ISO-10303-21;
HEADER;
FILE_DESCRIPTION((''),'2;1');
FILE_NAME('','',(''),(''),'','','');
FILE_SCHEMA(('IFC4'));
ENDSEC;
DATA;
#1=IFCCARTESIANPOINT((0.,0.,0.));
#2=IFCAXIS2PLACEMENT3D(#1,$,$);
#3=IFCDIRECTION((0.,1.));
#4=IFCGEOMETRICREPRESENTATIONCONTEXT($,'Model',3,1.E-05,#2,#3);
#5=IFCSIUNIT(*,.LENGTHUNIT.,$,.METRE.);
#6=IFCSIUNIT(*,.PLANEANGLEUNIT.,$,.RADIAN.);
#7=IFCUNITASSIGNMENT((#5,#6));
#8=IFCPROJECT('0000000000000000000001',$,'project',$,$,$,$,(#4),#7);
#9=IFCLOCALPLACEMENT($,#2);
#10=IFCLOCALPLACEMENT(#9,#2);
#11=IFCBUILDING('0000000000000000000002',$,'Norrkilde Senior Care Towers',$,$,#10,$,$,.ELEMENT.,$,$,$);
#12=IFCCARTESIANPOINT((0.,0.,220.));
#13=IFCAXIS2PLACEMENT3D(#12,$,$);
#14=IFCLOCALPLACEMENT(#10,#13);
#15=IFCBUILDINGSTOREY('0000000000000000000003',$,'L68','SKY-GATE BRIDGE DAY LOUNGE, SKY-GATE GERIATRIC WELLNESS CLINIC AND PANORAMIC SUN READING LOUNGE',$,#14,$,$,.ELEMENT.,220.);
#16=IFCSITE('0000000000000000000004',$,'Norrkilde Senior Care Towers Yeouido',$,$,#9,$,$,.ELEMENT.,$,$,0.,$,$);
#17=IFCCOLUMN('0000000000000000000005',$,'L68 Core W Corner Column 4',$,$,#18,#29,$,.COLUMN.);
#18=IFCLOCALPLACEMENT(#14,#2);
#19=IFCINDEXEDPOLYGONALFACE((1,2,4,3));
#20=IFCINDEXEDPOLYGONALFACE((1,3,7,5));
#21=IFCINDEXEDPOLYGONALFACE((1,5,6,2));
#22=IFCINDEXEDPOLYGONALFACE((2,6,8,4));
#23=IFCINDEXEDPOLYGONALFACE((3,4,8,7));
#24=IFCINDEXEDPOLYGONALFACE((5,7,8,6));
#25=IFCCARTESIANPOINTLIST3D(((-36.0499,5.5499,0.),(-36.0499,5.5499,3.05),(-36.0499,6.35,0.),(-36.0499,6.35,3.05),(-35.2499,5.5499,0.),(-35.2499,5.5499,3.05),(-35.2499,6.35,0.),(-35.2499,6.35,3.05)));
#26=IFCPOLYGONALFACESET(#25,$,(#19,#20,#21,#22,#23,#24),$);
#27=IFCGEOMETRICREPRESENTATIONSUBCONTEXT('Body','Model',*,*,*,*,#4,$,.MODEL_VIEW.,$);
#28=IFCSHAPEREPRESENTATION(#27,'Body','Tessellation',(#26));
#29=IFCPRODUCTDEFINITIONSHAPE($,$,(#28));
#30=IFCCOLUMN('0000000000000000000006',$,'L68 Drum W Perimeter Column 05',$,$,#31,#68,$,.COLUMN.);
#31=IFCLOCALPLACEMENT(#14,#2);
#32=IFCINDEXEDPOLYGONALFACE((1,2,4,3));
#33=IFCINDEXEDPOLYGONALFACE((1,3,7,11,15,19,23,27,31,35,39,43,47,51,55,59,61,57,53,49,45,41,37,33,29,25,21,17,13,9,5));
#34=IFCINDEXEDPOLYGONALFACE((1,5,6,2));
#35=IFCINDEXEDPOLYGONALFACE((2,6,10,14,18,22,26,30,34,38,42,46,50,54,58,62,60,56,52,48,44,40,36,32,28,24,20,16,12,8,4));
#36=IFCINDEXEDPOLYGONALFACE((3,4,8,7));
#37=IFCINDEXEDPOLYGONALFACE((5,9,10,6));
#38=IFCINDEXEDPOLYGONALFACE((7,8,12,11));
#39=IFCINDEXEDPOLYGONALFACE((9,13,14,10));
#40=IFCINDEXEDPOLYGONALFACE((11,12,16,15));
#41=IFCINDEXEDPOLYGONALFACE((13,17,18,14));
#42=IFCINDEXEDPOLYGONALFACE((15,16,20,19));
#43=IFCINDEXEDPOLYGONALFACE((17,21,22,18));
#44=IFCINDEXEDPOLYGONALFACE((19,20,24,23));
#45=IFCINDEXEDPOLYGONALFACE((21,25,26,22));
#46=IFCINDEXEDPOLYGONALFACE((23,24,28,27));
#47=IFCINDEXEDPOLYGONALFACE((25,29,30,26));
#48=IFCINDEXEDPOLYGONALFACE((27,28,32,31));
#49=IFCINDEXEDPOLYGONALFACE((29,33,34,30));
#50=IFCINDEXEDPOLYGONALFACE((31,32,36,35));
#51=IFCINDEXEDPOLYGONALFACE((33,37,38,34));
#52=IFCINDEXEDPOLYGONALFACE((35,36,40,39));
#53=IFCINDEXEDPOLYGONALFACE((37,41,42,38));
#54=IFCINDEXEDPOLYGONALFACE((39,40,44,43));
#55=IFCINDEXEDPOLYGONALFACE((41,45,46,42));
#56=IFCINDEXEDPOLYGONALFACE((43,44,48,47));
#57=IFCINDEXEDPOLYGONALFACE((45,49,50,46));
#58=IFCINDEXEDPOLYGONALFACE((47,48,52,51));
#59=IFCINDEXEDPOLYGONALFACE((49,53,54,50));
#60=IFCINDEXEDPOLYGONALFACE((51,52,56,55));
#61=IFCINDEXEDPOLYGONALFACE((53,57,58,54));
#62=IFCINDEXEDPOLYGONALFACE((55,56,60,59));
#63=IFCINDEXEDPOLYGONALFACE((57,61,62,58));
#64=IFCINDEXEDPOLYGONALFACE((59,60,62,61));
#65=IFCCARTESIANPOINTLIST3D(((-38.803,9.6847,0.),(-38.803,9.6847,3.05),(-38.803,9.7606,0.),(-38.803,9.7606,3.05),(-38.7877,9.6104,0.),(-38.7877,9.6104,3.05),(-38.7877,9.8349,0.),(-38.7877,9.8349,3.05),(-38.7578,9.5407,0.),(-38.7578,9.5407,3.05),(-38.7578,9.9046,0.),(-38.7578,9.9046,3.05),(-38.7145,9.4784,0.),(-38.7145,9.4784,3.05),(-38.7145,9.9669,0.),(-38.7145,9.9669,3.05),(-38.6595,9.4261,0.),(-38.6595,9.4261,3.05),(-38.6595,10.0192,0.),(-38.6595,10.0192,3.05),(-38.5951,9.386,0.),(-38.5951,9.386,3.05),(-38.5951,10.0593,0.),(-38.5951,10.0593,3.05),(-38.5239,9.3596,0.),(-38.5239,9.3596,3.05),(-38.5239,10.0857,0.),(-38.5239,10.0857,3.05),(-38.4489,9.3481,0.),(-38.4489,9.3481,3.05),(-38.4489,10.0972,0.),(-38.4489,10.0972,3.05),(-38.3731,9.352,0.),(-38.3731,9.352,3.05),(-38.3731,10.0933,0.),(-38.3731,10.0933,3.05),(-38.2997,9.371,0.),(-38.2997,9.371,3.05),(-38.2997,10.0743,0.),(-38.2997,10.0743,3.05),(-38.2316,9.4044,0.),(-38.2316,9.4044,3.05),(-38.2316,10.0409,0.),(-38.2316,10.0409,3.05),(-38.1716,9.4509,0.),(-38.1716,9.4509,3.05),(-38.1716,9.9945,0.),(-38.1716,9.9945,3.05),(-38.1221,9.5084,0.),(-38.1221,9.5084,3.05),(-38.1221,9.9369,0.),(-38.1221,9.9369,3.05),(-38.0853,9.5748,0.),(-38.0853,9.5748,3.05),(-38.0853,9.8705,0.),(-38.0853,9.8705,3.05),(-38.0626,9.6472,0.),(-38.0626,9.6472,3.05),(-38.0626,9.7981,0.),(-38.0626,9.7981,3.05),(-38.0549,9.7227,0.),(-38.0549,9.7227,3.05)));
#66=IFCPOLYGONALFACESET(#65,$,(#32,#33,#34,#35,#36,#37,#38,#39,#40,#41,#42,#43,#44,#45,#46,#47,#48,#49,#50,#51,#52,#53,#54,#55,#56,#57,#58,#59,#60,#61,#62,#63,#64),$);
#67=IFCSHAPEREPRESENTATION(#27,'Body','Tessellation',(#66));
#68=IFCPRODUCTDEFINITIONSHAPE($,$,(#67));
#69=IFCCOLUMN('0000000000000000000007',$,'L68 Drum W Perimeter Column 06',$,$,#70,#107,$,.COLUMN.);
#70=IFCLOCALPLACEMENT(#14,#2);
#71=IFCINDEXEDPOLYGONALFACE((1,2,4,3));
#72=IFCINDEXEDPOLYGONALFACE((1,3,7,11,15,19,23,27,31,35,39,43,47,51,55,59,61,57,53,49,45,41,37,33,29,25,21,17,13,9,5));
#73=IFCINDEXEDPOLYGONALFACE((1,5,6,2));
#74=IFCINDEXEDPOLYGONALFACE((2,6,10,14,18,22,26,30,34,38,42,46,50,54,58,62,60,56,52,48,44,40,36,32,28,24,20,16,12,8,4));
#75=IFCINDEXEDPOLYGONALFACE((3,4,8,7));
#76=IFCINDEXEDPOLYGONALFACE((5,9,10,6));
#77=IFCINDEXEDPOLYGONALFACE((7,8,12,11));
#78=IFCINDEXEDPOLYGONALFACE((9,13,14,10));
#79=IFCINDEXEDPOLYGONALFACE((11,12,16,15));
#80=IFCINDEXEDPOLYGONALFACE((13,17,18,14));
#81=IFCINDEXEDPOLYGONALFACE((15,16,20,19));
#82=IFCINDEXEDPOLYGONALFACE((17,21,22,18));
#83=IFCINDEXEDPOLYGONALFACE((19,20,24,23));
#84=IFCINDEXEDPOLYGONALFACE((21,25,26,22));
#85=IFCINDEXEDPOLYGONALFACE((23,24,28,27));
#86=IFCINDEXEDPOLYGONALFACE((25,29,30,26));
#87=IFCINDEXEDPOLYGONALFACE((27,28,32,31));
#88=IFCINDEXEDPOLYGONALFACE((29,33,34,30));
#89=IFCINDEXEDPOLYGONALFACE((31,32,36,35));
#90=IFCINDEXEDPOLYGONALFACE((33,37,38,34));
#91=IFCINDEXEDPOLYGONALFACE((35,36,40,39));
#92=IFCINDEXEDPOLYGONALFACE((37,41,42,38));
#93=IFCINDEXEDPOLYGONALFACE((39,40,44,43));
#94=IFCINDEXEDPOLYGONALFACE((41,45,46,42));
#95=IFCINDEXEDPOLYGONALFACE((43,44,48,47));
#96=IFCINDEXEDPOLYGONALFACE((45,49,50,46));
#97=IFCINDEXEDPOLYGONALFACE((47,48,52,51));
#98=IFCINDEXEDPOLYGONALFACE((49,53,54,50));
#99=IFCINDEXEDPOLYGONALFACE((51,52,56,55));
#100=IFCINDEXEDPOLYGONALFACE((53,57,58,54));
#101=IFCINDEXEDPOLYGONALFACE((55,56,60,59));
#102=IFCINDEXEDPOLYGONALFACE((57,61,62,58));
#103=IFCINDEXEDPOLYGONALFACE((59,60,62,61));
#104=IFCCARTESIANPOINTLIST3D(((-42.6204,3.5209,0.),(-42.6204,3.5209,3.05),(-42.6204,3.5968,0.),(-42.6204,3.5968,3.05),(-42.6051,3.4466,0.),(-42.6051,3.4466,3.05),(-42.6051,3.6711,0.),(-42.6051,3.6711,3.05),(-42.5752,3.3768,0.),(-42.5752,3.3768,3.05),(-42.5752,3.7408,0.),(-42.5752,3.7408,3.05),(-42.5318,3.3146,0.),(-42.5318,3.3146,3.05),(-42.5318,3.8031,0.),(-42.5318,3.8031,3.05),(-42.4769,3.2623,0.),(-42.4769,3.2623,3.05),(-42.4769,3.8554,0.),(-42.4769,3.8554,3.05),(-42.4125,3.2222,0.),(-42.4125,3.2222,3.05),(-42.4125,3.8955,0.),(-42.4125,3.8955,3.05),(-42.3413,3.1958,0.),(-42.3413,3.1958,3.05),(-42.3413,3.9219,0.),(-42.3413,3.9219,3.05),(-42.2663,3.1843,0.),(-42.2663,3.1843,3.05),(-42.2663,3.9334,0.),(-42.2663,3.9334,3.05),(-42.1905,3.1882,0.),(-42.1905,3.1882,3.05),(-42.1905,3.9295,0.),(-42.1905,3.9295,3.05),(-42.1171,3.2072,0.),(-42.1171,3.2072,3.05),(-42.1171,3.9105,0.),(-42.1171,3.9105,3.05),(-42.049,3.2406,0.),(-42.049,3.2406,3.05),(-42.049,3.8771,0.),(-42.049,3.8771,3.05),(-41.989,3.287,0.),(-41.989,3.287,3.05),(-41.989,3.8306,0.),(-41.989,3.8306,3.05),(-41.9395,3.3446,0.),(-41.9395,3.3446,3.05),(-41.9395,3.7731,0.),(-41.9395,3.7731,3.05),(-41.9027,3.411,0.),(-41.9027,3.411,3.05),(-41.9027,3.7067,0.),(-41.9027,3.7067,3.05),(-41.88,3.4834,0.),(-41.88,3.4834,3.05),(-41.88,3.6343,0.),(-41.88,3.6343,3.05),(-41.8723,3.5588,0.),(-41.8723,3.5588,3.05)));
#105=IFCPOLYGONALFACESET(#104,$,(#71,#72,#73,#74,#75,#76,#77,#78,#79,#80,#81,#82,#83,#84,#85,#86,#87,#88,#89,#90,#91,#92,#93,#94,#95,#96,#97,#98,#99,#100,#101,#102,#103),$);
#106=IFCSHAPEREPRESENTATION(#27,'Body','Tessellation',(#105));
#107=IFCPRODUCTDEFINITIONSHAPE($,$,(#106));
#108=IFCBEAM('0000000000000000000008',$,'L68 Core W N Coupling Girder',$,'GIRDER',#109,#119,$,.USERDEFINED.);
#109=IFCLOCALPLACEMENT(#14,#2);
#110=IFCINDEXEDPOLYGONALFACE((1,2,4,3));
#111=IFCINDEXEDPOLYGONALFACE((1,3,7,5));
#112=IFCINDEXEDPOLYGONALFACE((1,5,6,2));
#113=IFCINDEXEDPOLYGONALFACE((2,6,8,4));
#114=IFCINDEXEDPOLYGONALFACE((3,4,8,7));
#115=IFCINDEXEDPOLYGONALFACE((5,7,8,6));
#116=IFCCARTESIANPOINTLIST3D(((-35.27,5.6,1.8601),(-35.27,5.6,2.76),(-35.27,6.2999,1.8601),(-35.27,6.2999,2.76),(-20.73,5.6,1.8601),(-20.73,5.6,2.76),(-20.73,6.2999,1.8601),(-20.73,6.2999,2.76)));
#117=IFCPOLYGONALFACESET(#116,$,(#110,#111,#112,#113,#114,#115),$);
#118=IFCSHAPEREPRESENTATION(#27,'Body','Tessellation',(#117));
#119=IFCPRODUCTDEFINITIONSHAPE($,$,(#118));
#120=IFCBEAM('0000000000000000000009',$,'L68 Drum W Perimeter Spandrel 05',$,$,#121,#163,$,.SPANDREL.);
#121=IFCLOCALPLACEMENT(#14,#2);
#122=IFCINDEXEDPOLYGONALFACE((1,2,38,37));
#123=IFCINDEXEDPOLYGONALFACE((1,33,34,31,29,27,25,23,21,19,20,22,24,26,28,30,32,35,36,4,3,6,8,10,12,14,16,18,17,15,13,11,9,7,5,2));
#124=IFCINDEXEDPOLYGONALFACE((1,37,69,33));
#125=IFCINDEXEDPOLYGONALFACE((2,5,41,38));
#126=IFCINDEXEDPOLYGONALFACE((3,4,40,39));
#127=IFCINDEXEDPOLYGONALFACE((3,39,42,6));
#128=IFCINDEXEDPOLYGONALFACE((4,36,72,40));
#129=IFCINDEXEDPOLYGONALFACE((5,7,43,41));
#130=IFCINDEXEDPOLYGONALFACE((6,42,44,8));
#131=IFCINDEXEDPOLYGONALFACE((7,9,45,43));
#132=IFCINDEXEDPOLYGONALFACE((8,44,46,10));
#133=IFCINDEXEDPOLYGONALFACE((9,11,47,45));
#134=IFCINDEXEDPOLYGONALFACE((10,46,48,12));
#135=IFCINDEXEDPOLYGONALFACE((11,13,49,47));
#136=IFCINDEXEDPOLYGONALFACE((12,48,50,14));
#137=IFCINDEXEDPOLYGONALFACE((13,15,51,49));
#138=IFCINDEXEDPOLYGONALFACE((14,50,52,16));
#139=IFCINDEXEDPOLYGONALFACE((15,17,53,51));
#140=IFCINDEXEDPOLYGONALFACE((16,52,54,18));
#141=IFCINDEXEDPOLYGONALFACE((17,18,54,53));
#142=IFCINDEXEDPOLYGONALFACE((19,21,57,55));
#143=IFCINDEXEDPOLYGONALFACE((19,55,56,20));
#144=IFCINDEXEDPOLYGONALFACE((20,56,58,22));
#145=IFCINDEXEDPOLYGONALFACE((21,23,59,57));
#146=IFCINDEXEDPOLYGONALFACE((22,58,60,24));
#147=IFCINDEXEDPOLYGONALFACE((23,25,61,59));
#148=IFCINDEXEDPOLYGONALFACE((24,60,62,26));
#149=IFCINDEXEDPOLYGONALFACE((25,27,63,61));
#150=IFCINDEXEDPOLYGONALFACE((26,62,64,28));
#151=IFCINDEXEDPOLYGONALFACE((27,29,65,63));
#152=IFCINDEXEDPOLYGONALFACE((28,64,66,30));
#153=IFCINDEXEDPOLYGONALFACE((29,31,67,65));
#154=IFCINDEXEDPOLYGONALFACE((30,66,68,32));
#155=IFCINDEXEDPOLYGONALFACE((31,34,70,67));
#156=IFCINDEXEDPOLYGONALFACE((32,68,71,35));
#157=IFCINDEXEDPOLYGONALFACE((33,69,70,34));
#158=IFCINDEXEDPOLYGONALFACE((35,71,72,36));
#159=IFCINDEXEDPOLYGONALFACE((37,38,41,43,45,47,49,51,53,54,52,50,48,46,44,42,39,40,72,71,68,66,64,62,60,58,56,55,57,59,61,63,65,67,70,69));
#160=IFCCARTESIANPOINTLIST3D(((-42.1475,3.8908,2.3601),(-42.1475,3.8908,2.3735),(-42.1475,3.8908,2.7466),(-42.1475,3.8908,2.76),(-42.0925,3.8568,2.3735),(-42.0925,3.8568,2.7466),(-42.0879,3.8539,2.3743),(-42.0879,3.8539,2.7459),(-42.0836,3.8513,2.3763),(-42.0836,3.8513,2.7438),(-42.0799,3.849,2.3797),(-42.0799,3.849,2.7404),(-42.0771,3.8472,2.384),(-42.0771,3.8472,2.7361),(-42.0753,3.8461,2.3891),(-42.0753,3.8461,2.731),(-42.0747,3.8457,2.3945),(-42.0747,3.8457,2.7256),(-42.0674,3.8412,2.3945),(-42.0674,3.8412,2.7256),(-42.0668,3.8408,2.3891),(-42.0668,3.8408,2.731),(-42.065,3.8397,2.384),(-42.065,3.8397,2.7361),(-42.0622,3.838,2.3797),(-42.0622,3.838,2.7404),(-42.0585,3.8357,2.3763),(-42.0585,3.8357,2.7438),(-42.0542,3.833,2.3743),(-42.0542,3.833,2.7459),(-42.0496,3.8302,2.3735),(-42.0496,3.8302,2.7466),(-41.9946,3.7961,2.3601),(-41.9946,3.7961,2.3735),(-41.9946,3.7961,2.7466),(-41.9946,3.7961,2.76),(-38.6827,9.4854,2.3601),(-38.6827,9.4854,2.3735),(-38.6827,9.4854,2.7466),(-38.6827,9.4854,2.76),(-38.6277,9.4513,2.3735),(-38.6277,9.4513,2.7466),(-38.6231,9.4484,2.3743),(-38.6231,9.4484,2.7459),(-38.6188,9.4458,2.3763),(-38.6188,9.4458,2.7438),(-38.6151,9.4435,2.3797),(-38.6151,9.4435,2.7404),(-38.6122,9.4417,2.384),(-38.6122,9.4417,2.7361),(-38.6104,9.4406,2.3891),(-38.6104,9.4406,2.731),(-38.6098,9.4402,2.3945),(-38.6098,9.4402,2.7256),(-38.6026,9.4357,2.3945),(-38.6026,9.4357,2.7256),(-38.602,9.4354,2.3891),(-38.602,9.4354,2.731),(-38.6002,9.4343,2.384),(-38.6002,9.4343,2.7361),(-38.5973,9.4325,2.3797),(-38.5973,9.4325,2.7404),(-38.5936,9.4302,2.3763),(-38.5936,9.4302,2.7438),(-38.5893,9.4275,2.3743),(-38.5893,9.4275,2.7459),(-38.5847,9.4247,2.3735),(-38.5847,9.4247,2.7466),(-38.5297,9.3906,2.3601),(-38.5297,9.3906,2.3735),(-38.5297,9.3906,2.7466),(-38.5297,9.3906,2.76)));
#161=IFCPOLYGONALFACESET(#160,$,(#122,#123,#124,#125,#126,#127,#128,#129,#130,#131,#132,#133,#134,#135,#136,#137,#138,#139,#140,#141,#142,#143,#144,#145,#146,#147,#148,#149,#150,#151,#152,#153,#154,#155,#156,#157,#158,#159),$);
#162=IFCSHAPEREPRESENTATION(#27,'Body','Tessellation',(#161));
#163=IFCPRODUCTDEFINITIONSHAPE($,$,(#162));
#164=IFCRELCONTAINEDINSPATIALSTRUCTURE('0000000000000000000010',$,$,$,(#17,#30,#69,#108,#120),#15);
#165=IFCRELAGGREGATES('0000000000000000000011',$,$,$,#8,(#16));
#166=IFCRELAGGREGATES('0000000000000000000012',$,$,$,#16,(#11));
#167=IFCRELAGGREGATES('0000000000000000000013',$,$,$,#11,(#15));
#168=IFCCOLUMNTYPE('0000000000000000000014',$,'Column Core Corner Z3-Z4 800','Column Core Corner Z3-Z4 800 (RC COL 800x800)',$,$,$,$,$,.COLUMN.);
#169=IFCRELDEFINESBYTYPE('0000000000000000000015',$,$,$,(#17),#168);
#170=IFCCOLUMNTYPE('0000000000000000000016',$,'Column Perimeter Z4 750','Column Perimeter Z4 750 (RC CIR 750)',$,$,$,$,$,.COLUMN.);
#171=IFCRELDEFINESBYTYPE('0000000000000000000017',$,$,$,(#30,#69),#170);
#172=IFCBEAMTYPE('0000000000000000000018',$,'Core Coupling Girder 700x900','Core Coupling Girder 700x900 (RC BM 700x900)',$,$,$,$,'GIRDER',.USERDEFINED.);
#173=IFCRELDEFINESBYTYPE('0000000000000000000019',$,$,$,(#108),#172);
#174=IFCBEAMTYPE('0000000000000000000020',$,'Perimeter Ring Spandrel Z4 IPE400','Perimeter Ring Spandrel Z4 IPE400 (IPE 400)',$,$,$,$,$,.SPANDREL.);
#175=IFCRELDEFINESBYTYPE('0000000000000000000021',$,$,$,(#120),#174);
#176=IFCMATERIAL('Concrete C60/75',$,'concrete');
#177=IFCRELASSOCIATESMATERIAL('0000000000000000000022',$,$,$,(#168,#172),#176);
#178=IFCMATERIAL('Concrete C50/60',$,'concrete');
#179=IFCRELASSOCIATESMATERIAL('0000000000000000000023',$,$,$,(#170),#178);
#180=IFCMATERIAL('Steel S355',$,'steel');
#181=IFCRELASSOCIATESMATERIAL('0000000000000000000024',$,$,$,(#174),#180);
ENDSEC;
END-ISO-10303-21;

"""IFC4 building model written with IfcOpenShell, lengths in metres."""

from ifc_helpers import new_model, si_unit, direction, frame, origin, origin_2d, place, context, subcontext, project, spatial, rectangle, circle, i_section, extrude, source, transform, mapped, material, material_profile, profile_set, type_object, type_shapes, element, save


model = new_model("IFC4")

# Units and contexts
model_context = context("Model", 3, precision=1e-05, world=origin(), true_north=direction((0.0, 1.0)))
body_context = subcontext(model_context, "Body", "Model", "MODEL_VIEW")
ifc_project = project(units=[si_unit("LENGTHUNIT", "METRE"), si_unit("PLANEANGLEUNIT", "RADIAN")], contexts=[model_context])

# Site, building, storey
site_placement = place(None, origin())
site = spatial("IfcSite", under=ifc_project, at=site_placement, Name="Norrkilde Senior Care Towers Yeouido", CompositionType="ELEMENT", RefElevation=0.0)
building_placement = place(site_placement, origin())
building = spatial("IfcBuilding", under=site, at=building_placement, Name="Norrkilde Senior Care Towers", CompositionType="ELEMENT")
storey_placement = place(building_placement, frame((0.0, 0.0, 220.0)))
storey = spatial("IfcBuildingStorey", under=building, at=storey_placement, Name="L68", Description="SKY-GATE BRIDGE DAY LOUNGE, SKY-GATE GERIATRIC WELLNESS CLINIC AND PANORAMIC SUN READING LOUNGE", CompositionType="ELEMENT", Elevation=220.0)

# Columns
ifc_material_1 = material(Name="Concrete C60/75", Category="concrete")
ifc_material_profile_1 = material_profile(ifc_material_1, rectangle(XDim=0.8, YDim=0.8, at=origin_2d()), Name="RC COL 800x800")
ifc_profile_set_1 = profile_set([ifc_material_profile_1], Name="Concrete C60/75")
column_type_1 = type_object("IfcColumnType", Name="Column Core Corner Z3-Z4 800", Description="Column Core Corner Z3-Z4 800 (RC COL 800x800)", PredefinedType="COLUMN", material=ifc_profile_set_1)
shared_shape_1 = source(origin(), body_context, "Body", "SweptSolid", [
    extrude(rectangle(XDim=0.8, YDim=0.8, at=origin_2d()), origin(), (0.0, 0.0, 1.0), 3.05),
])
type_shapes(column_type_1, [shared_shape_1])
column_placement = place(storey_placement, frame((-35.6499, 5.95, 0.0), z_axis=(0.0, 0.0, 1.0), x_axis=(1.0, 0.0, 0.0)))
element("IfcColumn", 1, at=column_placement, inside=storey, type_object=column_type_1, Name="L68 Core W Corner Column 4", PredefinedType="COLUMN", context=body_context, shape_type="MappedRepresentation", body=[
    mapped(shared_shape_1, transform((0.0, 0.0, 0.0), x_axis=(1.0, 0.0, 0.0), y_axis=(0.0, 1.0, 0.0), z_axis=(0.0, 0.0, 1.0), scale=1.0)),
])
ifc_material_2 = material(Name="Concrete C50/60", Category="concrete")
ifc_material_profile_2 = material_profile(ifc_material_2, circle(Radius=0.375, at=origin_2d()), Name="RC CIR 750")
ifc_profile_set_2 = profile_set([ifc_material_profile_2], Name="Concrete C50/60")
column_type_2 = type_object("IfcColumnType", Name="Column Perimeter Z4 750", Description="Column Perimeter Z4 750 (RC CIR 750)", PredefinedType="COLUMN", material=ifc_profile_set_2)
shared_shape_2 = source(origin(), body_context, "Body", "SweptSolid", [
    extrude(circle(Radius=0.375, at=origin_2d()), origin(), (0.0, 0.0, 1.0), 3.05),
])
type_shapes(column_type_2, [shared_shape_2])
for number, where, z_axis, x_axis, name in (
    (2, (-38.4299, 9.7227, 0.0), (0.0, 0.0, 1.0), (1.0, 0.0, 0.0), "L68 Drum W Perimeter Column 05"),
    (3, (-42.2473, 3.5588, 0.0), (0.0, 0.0, 1.0), (1.0, 0.0, 0.0), "L68 Drum W Perimeter Column 06"),
):
    element("IfcColumn", number, at=place(storey_placement, frame(where, z_axis=z_axis, x_axis=x_axis)), inside=storey, type_object=column_type_2, Name=name, PredefinedType="COLUMN", context=body_context, shape_type="MappedRepresentation", body=[
        mapped(shared_shape_2, transform((0.0, 0.0, 0.0), x_axis=(1.0, 0.0, 0.0), y_axis=(0.0, 1.0, 0.0), z_axis=(0.0, 0.0, 1.0), scale=1.0)),
    ])

# Beams
ifc_material_profile_3 = material_profile(ifc_material_1, rectangle(XDim=0.7, YDim=0.8999, at=origin_2d()), Name="RC BM 700x900")
ifc_profile_set_3 = profile_set([ifc_material_profile_3], Name="Concrete C60/75")
beam_type_1 = type_object("IfcBeamType", Name="Core Coupling Girder 700x900", Description="Core Coupling Girder 700x900 (RC BM 700x900)", ElementType="GIRDER", PredefinedType="USERDEFINED", material=ifc_profile_set_3)
shared_shape_3 = source(origin(), body_context, "Body", "SweptSolid", [
    extrude(rectangle(XDim=0.7, YDim=0.8999, at=origin_2d()), origin(), (0.0, 0.0, 1.0), 14.54),
])
type_shapes(beam_type_1, [shared_shape_3])
beam_1_placement = place(storey_placement, frame((-35.27, 5.95, 2.3101), z_axis=(1.0, 0.0, 0.0), x_axis=(0.0, 1.0, 0.0)))
element("IfcBeam", 4, at=beam_1_placement, inside=storey, type_object=beam_type_1, Name="L68 Core W N Coupling Girder", ObjectType="GIRDER", PredefinedType="USERDEFINED", context=body_context, shape_type="MappedRepresentation", body=[
    mapped(shared_shape_3, transform((0.0, 0.0, 0.0), x_axis=(1.0, 0.0, 0.0), y_axis=(0.0, 1.0, 0.0), z_axis=(0.0, 0.0, 1.0), scale=1.0)),
])
ifc_material_3 = material(Name="Steel S355", Category="steel")
ifc_material_profile_4 = material_profile(ifc_material_3, i_section(OverallWidth=0.1799, OverallDepth=0.3999, WebThickness=0.0085, FlangeThickness=0.0134, FilletRadius=0.021, at=origin_2d()), Name="IPE 400")
ifc_profile_set_4 = profile_set([ifc_material_profile_4], Name="Steel S355")
beam_type_2 = type_object("IfcBeamType", Name="Perimeter Ring Spandrel Z4 IPE400", Description="Perimeter Ring Spandrel Z4 IPE400 (IPE 400)", PredefinedType="SPANDREL", material=ifc_profile_set_4)
shared_shape_4 = source(origin(), body_context, "Body", "SweptSolid", [
    extrude(i_section(OverallWidth=0.1799, OverallDepth=0.3999, WebThickness=0.0085, FlangeThickness=0.0134, FilletRadius=0.021, at=origin_2d()), origin(), (0.0, 0.0, 1.0), 6.5806),
])
beam_2_placement = place(storey_placement, frame((-38.6062, 9.438, 2.5601), z_axis=(-0.52653, -0.850157, 0.0), x_axis=(0.850157, -0.52653, 0.0)))
element("IfcBeam", 5, at=beam_2_placement, inside=storey, type_object=beam_type_2, Name="L68 Drum W Perimeter Spandrel 05", PredefinedType="SPANDREL", context=body_context, shape_type="MappedRepresentation", body=[
    mapped(shared_shape_4, transform((0.0, 0.0, 0.0), x_axis=(1.0, 0.0, 0.0), y_axis=(0.0, 1.0, 0.0), z_axis=(0.0, 0.0, 1.0), scale=1.0)),
])

save(model, "model.ifc")
